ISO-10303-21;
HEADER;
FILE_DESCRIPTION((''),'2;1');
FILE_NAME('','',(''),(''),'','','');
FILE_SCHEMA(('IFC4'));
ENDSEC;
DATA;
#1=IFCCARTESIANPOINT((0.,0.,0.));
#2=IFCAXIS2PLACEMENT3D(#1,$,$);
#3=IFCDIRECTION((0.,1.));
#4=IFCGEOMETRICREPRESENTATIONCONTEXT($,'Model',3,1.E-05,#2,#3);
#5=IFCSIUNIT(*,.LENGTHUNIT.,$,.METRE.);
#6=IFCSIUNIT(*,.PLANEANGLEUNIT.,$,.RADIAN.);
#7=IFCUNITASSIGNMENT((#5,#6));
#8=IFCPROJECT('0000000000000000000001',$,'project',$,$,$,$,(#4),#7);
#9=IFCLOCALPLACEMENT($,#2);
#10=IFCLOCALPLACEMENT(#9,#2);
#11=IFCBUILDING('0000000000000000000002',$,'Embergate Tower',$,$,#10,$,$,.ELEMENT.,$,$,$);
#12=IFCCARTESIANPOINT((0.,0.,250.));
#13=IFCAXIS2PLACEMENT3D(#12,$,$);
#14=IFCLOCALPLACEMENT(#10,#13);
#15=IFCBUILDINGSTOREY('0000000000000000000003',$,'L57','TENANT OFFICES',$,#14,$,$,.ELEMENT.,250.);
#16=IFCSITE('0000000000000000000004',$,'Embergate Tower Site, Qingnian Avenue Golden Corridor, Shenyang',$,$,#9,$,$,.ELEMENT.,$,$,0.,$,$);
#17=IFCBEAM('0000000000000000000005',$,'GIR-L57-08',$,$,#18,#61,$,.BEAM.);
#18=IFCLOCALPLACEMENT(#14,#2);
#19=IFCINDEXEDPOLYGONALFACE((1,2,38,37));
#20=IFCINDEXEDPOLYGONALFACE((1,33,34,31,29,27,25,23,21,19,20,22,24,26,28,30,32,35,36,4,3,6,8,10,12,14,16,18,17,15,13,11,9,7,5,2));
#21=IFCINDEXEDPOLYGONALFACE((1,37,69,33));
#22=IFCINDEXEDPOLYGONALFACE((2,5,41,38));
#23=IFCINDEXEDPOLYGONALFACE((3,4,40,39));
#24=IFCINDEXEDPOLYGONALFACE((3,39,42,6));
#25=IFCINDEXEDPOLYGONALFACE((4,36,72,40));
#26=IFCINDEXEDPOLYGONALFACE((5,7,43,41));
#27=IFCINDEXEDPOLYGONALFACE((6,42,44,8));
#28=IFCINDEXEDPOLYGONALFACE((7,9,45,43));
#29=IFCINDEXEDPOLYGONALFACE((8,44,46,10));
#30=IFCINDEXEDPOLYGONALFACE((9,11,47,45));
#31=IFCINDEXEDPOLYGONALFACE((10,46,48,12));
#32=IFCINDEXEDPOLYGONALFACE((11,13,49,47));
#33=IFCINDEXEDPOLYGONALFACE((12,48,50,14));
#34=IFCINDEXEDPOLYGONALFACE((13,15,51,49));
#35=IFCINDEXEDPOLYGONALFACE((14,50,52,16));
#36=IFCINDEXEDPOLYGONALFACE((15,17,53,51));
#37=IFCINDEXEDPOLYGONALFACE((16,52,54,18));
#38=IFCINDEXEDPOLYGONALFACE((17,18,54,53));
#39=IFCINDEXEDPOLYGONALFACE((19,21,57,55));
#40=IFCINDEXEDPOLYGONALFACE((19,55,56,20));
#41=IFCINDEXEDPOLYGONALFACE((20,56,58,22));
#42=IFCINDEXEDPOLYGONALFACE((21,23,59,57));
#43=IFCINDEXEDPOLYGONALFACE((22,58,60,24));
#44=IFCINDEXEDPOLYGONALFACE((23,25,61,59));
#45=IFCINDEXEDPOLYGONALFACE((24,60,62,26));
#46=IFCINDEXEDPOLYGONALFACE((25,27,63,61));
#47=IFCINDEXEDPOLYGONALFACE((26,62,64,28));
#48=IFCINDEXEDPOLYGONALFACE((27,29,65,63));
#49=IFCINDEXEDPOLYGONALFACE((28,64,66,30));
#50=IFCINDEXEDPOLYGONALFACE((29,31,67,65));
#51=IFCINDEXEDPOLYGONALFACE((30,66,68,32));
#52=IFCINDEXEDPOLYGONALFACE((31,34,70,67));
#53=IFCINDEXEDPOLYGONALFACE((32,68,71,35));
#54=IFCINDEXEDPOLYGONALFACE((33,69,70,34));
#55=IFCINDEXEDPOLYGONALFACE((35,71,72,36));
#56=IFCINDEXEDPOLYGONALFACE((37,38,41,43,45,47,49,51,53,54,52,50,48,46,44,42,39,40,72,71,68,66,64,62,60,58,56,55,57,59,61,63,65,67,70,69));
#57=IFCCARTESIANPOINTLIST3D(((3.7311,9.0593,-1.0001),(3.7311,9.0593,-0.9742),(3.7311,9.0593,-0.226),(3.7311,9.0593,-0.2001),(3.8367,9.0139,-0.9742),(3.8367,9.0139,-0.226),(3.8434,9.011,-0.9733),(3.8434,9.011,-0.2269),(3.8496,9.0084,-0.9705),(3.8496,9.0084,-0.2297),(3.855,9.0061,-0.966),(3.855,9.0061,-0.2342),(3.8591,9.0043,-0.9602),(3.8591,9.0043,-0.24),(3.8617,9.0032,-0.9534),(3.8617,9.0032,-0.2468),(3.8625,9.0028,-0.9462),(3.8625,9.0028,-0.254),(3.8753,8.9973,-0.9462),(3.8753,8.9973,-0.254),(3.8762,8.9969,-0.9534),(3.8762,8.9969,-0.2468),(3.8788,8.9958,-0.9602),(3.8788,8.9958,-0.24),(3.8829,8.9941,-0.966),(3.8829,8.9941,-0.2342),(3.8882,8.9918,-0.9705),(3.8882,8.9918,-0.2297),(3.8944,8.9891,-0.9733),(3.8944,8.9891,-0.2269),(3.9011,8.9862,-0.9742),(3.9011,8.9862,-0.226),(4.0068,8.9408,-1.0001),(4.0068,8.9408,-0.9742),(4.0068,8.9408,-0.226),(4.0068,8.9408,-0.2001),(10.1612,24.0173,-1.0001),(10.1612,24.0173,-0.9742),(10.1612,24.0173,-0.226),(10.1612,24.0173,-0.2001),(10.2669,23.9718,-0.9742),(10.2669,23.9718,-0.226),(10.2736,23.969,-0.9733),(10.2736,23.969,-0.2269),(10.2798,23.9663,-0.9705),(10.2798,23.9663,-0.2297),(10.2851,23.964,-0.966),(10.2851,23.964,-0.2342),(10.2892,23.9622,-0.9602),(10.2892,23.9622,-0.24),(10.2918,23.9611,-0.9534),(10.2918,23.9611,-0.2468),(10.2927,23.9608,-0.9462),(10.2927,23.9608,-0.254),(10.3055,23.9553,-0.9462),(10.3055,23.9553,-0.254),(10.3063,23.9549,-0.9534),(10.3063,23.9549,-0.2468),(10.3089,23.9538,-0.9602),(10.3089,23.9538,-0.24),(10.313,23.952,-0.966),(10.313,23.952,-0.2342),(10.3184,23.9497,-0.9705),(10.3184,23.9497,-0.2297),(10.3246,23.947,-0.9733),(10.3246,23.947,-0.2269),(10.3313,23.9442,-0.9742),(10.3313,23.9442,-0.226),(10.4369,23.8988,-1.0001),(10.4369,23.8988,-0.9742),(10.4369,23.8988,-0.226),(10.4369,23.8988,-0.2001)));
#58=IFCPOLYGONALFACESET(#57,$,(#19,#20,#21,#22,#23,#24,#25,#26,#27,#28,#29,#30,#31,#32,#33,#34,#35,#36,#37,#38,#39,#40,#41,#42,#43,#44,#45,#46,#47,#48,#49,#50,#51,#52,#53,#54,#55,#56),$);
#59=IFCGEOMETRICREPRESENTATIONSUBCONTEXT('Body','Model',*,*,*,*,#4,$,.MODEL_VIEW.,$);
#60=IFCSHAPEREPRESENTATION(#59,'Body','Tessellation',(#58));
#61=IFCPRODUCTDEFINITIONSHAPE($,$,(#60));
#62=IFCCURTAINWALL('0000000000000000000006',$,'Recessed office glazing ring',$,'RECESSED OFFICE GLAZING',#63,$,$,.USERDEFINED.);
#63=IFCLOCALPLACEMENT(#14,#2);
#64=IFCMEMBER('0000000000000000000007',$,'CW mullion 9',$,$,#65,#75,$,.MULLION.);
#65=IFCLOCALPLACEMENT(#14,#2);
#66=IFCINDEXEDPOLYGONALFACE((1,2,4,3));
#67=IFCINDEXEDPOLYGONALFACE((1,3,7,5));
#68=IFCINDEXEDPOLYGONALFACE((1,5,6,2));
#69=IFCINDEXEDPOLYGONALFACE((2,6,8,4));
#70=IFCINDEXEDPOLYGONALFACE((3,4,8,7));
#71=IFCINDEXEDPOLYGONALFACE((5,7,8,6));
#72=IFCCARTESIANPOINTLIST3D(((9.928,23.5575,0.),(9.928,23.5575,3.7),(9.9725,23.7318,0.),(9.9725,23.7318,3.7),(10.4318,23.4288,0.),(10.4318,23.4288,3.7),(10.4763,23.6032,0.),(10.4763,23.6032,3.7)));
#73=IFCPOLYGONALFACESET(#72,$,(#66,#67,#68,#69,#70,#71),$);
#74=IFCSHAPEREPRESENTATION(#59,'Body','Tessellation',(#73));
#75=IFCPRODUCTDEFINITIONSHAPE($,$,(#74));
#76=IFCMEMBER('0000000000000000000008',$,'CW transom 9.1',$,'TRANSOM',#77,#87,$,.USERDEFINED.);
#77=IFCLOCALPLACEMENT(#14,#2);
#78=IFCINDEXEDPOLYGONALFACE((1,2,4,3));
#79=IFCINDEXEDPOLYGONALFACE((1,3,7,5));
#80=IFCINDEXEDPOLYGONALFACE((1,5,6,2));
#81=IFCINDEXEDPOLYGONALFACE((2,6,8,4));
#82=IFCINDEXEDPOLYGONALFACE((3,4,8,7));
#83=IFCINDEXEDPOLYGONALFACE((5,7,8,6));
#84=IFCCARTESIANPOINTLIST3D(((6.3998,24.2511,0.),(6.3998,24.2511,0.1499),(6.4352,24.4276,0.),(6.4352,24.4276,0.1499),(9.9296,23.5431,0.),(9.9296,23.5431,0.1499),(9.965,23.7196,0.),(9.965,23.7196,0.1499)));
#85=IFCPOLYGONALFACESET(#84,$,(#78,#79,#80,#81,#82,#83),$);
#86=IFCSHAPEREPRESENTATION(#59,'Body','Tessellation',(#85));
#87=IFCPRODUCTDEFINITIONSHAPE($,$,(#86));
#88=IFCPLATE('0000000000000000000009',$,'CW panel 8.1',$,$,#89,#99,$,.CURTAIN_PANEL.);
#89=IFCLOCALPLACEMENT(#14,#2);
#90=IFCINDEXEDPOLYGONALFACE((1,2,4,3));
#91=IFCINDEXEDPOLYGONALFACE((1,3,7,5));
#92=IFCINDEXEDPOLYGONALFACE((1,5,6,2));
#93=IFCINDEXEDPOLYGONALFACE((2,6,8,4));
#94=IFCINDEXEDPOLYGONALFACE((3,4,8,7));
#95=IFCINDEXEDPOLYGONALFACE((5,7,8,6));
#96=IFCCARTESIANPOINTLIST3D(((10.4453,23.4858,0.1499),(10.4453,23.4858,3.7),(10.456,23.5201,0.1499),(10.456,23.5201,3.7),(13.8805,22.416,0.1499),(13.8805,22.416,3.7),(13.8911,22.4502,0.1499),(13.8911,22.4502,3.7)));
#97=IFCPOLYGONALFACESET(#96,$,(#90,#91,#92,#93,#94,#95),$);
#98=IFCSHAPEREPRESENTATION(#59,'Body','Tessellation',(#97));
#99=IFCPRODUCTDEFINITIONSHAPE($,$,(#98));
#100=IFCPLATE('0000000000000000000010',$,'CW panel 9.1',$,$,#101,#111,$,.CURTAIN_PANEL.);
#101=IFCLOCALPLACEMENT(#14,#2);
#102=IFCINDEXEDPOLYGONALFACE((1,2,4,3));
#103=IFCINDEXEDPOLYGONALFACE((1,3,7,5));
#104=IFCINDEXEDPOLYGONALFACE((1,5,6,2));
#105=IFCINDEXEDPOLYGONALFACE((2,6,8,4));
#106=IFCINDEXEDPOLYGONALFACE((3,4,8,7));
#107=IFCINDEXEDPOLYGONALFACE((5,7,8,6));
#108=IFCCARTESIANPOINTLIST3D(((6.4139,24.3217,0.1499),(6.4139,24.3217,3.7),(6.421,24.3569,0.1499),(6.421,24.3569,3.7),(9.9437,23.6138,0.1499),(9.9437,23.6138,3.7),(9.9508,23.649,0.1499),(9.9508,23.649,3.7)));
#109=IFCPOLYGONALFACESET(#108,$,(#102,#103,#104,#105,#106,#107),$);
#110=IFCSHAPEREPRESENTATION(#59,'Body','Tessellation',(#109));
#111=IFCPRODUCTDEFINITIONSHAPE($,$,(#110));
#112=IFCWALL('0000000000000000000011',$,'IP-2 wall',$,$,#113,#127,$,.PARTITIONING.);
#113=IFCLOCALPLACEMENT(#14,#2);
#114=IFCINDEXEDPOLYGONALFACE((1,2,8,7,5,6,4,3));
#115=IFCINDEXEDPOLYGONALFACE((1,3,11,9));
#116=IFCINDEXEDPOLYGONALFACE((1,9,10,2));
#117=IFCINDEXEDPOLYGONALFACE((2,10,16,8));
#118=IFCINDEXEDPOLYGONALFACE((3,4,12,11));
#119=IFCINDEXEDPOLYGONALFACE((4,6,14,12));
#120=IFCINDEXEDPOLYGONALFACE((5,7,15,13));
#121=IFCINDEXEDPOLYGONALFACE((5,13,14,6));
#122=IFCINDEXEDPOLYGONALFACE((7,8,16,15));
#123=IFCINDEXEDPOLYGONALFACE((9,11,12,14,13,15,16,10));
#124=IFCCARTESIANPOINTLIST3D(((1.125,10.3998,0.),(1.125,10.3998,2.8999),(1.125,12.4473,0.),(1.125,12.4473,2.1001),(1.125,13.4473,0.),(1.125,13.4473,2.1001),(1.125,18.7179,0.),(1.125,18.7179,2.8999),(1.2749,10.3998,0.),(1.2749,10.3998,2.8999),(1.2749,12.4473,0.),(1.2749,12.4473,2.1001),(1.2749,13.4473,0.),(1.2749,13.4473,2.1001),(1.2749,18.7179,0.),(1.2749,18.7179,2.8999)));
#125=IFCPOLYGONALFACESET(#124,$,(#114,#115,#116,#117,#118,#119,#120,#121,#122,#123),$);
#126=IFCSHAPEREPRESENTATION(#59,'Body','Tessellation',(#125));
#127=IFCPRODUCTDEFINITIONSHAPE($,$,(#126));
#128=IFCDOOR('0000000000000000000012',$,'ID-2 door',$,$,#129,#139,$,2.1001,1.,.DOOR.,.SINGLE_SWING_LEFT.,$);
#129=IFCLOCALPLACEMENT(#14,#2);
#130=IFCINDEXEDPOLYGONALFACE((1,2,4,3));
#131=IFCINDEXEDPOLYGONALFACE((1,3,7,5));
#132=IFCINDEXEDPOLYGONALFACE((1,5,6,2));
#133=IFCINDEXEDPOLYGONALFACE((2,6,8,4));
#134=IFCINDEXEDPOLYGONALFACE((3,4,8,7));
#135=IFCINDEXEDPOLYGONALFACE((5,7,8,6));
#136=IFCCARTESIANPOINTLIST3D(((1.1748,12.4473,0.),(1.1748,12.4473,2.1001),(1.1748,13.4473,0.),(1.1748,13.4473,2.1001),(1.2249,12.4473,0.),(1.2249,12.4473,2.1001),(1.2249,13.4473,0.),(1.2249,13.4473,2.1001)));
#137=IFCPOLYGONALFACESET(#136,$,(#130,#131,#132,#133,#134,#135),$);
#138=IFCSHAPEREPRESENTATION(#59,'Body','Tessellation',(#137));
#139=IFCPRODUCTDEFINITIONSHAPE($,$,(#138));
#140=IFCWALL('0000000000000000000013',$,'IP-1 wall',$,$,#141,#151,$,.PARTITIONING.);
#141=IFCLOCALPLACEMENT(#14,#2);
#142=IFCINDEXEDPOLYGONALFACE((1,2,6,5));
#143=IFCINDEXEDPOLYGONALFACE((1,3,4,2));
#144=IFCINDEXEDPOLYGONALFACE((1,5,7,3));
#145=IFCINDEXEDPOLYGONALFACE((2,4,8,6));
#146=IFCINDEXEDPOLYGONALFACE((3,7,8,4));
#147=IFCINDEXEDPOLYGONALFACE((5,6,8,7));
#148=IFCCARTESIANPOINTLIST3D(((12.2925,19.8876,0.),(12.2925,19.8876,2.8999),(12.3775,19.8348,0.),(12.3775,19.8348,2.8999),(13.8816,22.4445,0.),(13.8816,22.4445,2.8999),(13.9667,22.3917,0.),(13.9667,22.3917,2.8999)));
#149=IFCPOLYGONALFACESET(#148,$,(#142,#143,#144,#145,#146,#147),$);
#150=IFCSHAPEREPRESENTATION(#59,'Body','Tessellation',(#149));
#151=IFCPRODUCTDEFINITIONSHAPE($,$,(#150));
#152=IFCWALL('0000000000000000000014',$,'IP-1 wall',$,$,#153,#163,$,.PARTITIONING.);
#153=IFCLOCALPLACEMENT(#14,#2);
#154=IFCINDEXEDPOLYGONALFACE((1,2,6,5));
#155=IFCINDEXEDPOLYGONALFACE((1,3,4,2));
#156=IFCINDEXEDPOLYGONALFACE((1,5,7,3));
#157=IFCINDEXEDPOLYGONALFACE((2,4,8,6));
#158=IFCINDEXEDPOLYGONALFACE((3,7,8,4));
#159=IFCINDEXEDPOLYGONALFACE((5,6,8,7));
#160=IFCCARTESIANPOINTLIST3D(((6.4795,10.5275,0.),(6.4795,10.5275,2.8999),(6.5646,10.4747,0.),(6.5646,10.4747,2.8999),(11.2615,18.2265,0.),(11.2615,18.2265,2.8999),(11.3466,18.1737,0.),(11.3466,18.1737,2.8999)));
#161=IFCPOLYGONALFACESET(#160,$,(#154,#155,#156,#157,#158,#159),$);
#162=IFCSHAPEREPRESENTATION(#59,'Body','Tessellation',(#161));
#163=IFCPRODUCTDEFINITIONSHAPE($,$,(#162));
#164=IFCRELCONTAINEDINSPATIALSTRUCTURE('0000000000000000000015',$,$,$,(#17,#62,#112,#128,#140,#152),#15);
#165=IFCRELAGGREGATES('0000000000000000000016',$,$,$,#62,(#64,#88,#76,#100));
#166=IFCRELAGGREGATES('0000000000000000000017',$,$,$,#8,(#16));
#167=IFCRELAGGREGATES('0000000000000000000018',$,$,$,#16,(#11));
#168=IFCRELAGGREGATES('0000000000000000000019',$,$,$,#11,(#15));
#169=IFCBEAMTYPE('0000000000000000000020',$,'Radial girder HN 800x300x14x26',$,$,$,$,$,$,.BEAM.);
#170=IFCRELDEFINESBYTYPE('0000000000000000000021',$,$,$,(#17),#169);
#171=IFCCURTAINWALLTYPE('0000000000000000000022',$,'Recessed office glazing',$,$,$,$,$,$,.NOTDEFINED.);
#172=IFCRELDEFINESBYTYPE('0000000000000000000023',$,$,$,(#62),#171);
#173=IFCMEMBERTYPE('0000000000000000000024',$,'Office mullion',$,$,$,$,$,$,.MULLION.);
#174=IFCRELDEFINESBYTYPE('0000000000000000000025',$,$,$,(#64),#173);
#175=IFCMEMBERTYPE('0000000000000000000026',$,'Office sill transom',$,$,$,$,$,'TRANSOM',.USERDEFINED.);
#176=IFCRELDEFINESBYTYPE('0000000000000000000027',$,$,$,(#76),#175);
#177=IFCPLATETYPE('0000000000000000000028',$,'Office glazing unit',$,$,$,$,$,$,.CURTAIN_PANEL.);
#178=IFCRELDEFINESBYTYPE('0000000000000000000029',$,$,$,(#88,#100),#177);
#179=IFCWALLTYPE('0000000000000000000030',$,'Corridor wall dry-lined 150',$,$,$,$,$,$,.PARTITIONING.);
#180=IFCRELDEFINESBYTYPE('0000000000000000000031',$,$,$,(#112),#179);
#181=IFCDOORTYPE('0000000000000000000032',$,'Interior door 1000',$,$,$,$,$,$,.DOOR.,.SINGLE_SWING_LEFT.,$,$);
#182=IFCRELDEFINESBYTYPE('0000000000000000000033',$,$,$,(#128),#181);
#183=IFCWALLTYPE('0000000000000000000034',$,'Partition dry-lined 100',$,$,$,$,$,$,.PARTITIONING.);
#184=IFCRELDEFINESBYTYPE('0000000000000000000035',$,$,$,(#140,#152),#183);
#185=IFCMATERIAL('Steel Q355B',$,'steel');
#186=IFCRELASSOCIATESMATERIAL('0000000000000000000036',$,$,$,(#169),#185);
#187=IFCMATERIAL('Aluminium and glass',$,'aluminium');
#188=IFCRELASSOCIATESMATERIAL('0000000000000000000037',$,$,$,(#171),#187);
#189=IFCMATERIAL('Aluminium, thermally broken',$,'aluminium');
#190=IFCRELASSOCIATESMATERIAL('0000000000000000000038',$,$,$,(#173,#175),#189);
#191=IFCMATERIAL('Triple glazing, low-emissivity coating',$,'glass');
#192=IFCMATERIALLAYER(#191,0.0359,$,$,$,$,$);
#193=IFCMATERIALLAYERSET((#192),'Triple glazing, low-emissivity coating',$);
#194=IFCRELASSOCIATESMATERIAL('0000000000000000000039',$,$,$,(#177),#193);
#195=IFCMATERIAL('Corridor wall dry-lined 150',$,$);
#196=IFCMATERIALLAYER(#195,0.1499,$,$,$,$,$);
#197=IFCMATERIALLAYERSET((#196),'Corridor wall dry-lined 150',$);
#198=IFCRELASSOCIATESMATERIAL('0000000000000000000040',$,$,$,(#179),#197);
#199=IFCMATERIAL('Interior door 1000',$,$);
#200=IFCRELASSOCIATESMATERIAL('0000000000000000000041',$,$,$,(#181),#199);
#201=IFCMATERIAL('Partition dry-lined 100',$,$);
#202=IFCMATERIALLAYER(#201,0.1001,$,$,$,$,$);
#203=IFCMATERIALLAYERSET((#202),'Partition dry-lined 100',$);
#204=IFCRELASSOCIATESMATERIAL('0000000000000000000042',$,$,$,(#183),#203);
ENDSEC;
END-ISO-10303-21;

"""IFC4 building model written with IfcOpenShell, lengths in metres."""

from ifc_helpers import new_model, si_unit, direction, frame, frame_2d, origin, origin_2d, place, context, subcontext, project, spatial, rectangle, i_section, extrude, source, transform, mapped, material, layer, layer_set, material_profile, profile_set, type_object, element, fill, aggregate, save


model = new_model("IFC4")

# Units and contexts
model_context = context("Model", 3, precision=1e-05, world=origin(), true_north=direction((0.0, 1.0)))
body_context = subcontext(model_context, "Body", "Model", "MODEL_VIEW")
ifc_project = project(units=[si_unit("LENGTHUNIT", "METRE"), si_unit("PLANEANGLEUNIT", "RADIAN")], contexts=[model_context])

# Site, building, storey
site_placement = place(None, origin())
site = spatial("IfcSite", under=ifc_project, at=site_placement, Name="Embergate Tower Site, Qingnian Avenue Golden Corridor, Shenyang", CompositionType="ELEMENT", RefElevation=0.0)
building_placement = place(site_placement, origin())
building = spatial("IfcBuilding", under=site, at=building_placement, Name="Embergate Tower", CompositionType="ELEMENT")
storey_placement = place(building_placement, frame((0.0, 0.0, 250.0)))
storey = spatial("IfcBuildingStorey", under=building, at=storey_placement, Name="L57", Description="TENANT OFFICES", CompositionType="ELEMENT", Elevation=250.0)

# Beam
ifc_material_1 = material(Name="Steel Q355B", Category="steel")
ifc_material_profile_1 = material_profile(ifc_material_1, i_section(OverallWidth=0.3, OverallDepth=0.8, WebThickness=0.0139, FlangeThickness=0.0259, FilletRadius=0.0281, at=origin_2d()), Name="HN 800x300x14x26")
ifc_profile_set_1 = profile_set([ifc_material_profile_1], Name="Steel Q355 grade B")
beam_type = type_object("IfcBeamType", Name="Radial girder HN 800x300x14x26", PredefinedType="BEAM", material=ifc_profile_set_1)
shared_shape_1 = source(origin(), body_context, "Body", "SweptSolid", [
    extrude(i_section(OverallWidth=0.3, OverallDepth=0.8, WebThickness=0.0139, FlangeThickness=0.0259, FilletRadius=0.0281, at=origin_2d()), origin(), (0.0, 0.0, 1.0), 16.2815),
])
beam_placement = place(storey_placement, frame((10.2991, 23.958, -0.6001), z_axis=(-0.394936, -0.918709, 0.0), x_axis=(0.918709, -0.394936, 0.0)))
element("IfcBeam", 1, at=beam_placement, inside=storey, type_object=beam_type, Name="GIR-L57-08", PredefinedType="BEAM", context=body_context, shape_type="MappedRepresentation", body=[
    mapped(shared_shape_1, transform((0.0, 0.0, 0.0))),
])

# Curtain wall, members, plates
ifc_material_2 = material(Name="Aluminium and glass", Category="aluminium")
curtain_wall_type = type_object("IfcCurtainWallType", Name="Recessed office glazing", PredefinedType="NOTDEFINED", material=ifc_material_2)
curtain_wall_placement = place(storey_placement, origin())
curtain_wall = element("IfcCurtainWall", 2, at=curtain_wall_placement, inside=storey, type_object=curtain_wall_type, Name="Recessed office glazing ring", ObjectType="RECESSED OFFICE GLAZING", PredefinedType="USERDEFINED")
ifc_material_3 = material(Name="Aluminium, thermally broken", Category="aluminium")
ifc_material_profile_2 = material_profile(ifc_material_3, rectangle(XDim=0.1799, YDim=0.52, at=origin_2d()), Name="AL 520x180")
ifc_profile_set_2 = profile_set([ifc_material_profile_2], Name="Aluminium, thermally broken")
member_type_1 = type_object("IfcMemberType", Name="Office mullion", PredefinedType="MULLION", material=ifc_profile_set_2)
shared_shape_2 = source(origin(), body_context, "Body", "SweptSolid", [
    extrude(rectangle(XDim=0.1799, YDim=0.52, at=origin_2d()), origin(), (0.0, 0.0, 1.0), 3.7),
])
member_1_placement = place(storey_placement, frame((10.2021, 23.5803, 0.0), z_axis=(0.0, 0.0, 1.0), x_axis=(-0.247312, -0.968936, 0.0)))
member_1 = element("IfcMember", 3, at=member_1_placement, type_object=member_type_1, Name="CW mullion 9", PredefinedType="MULLION", context=body_context, shape_type="MappedRepresentation", body=[
    mapped(shared_shape_2, transform((0.0, 0.0, 0.0))),
])
ifc_material_profile_3 = material_profile(ifc_material_3, rectangle(XDim=0.1799, YDim=0.1499, at=origin_2d()), Name="AL 150x180")
ifc_profile_set_3 = profile_set([ifc_material_profile_3], Name="Aluminium, thermally broken")
member_type_2 = type_object("IfcMemberType", Name="Office sill transom", ElementType="TRANSOM", PredefinedType="USERDEFINED", material=ifc_profile_set_3)
shared_shape_3 = source(origin(), body_context, "Body", "SweptSolid", [
    extrude(rectangle(XDim=0.1799, YDim=0.1499, at=origin_2d()), origin(), (0.0, 0.0, 1.0), 3.6001),
])
member_2_placement = place(storey_placement, frame((9.9473, 23.6313, 0.075), z_axis=(-0.980471, 0.196664, 0.0), x_axis=(-0.196664, -0.980471, 0.0)))
member_2 = element("IfcMember", 4, at=member_2_placement, type_object=member_type_2, Name="CW transom 9.1", ObjectType="TRANSOM", PredefinedType="USERDEFINED", context=body_context, shape_type="MappedRepresentation", body=[
    mapped(shared_shape_3, transform((0.0, 0.0, 0.0))),
])
ifc_material_4 = material(Name="Triple glazing, low-emissivity coating", Category="glass")
ifc_layer_1 = layer(ifc_material_4, 0.0359)
ifc_layer_set_1 = layer_set([ifc_layer_1], Name="Triple glazing, low-emissivity coating")
plate_type = type_object("IfcPlateType", Name="Office glazing unit", PredefinedType="CURTAIN_PANEL", material=ifc_layer_set_1)
shared_shape_4 = source(origin(), body_context, "Body", "SweptSolid", [
    extrude(rectangle(XDim=3.5979, YDim=0.0359, at=origin_2d()), origin(), (0.0, 0.0, 1.0), 3.55),
])
plate_1_placement = place(storey_placement, frame((12.1682, 22.968, 0.1499), z_axis=(0.0, 0.0, 1.0), x_axis=(-0.954771, 0.297342, 0.0)))
plate_1 = element("IfcPlate", 5, at=plate_1_placement, type_object=plate_type, Name="CW panel 8.1", PredefinedType="CURTAIN_PANEL", context=body_context, shape_type="MappedRepresentation", body=[
    mapped(shared_shape_4, transform((0.0, 0.0, 0.0))),
])
shared_shape_5 = source(origin(), body_context, "Body", "SweptSolid", [
    extrude(rectangle(XDim=3.6001, YDim=0.0359, at=origin_2d()), origin(), (0.0, 0.0, 1.0), 3.55),
])
plate_2_placement = place(storey_placement, frame((8.1824, 23.9854, 0.1499), z_axis=(0.0, 0.0, 1.0), x_axis=(-0.980476, 0.196641, 0.0)))
plate_2 = element("IfcPlate", 6, at=plate_2_placement, type_object=plate_type, Name="CW panel 9.1", PredefinedType="CURTAIN_PANEL", context=body_context, shape_type="MappedRepresentation", body=[
    mapped(shared_shape_5, transform((0.0, 0.0, 0.0))),
])
aggregate(curtain_wall, [member_1, plate_1, member_2, plate_2])

# Wall, opening, door
ifc_material_5 = material(Name="Corridor wall dry-lined 150")
ifc_layer_2 = layer(ifc_material_5, 0.1499)
ifc_layer_set_2 = layer_set([ifc_layer_2], Name="Corridor wall dry-lined 150")
wall_type_1 = type_object("IfcWallType", Name="Corridor wall dry-lined 150", PredefinedType="PARTITIONING", material=ifc_layer_set_2)
shared_shape_6 = source(origin(), body_context, "Body", "SweptSolid", [
    extrude(rectangle(XDim=8.3181, YDim=0.1499, at=frame_2d((4.1592, 0.0))), origin(), (0.0, 0.0, 1.0), 2.8999),
])
wall_1_placement = place(storey_placement, frame((1.2, 18.718, 0.0), z_axis=(0.0, 0.0, 1.0), x_axis=(0.0, -1.0, 0.0)))
wall_1 = element("IfcWall", 7, at=wall_1_placement, inside=storey, type_object=wall_type_1, Name="IP-2 wall", PredefinedType="PARTITIONING", context=body_context, shape_type="MappedRepresentation", body=[
    mapped(shared_shape_6, transform((0.0, 0.0, 0.0))),
])
shared_shape_7 = source(origin(), body_context, "Body", "SweptSolid", [
    extrude(rectangle(XDim=1.0, YDim=2.1001, at=frame_2d((0.5, 1.05))), frame((0.0, 0.085, 0.0), z_axis=(0.0, -1.0, 0.0), x_axis=(1.0, 0.0, 0.0)), (0.0, 0.0, 1.0), 0.1699),
])
opening_1_placement = place(wall_1_placement, frame((5.2708, 0.0, 0.0)))
opening_1 = element("IfcOpeningElement", 8, at=opening_1_placement, cuts=wall_1, PredefinedType="OPENING", context=body_context, shape_type="MappedRepresentation", body=[
    mapped(shared_shape_7, transform((0.0, 0.0, 0.0))),
])
ifc_material_6 = material(Name="Interior door 1000")
door_type_1 = type_object("IfcDoorType", Name="Interior door 1000", OperationType="SINGLE_SWING_LEFT", PredefinedType="DOOR", material=ifc_material_6)
shared_shape_8 = source(origin(), body_context, "Body", "SweptSolid", [
    extrude(rectangle(XDim=1.0, YDim=2.1001, at=frame_2d((0.5, 1.05))), frame((0.0, 0.0249, 0.0), z_axis=(0.0, -1.0, 0.0), x_axis=(1.0, 0.0, 0.0)), (0.0, 0.0, 1.0), 0.05),
])
door_1_placement = place(opening_1_placement, origin())
door_1 = element("IfcDoor", 9, at=door_1_placement, inside=storey, type_object=door_type_1, Name="ID-2 door", OperationType="SINGLE_SWING_LEFT", OverallHeight=2.1001, OverallWidth=1.0, PredefinedType="DOOR", context=body_context, shape_type="MappedRepresentation", body=[
    mapped(shared_shape_8, transform((0.0, 0.0, 0.0))),
])
fill(opening_1, door_1)

# Walls
ifc_material_7 = material(Name="Partition dry-lined 100")
ifc_layer_3 = layer(ifc_material_7, 0.1001)
ifc_layer_set_3 = layer_set([ifc_layer_3], Name="Partition dry-lined 100")
wall_type_2 = type_object("IfcWallType", Name="Partition dry-lined 100", PredefinedType="PARTITIONING", material=ifc_layer_set_3)
shared_shape_9 = source(origin(), body_context, "Body", "SweptSolid", [
    extrude(rectangle(XDim=3.0105, YDim=0.1001, at=frame_2d((1.5054, 0.0))), origin(), (0.0, 0.0, 1.0), 2.8999),
])
wall_2_placement = place(storey_placement, frame((12.335, 19.8611, 0.0), z_axis=(0.0, 0.0, 1.0), x_axis=(0.527861, 0.849331, 0.0)))
element("IfcWall", 10, at=wall_2_placement, inside=storey, type_object=wall_type_2, Name="IP-1 wall", PredefinedType="PARTITIONING", context=body_context, shape_type="MappedRepresentation", body=[
    mapped(shared_shape_9, transform((0.0, 0.0, 0.0))),
])
shared_shape_10 = source(origin(), body_context, "Body", "SweptSolid", [
    extrude(rectangle(XDim=9.0632, YDim=0.1001, at=frame_2d((4.5317, 0.0))), origin(), (0.0, 0.0, 1.0), 2.8999),
])
wall_3_placement = place(storey_placement, frame((6.522, 10.501, 0.0), z_axis=(0.0, 0.0, 1.0), x_axis=(0.527626, 0.849477, 0.0)))
element("IfcWall", 11, at=wall_3_placement, inside=storey, type_object=wall_type_2, Name="IP-1 wall", PredefinedType="PARTITIONING", context=body_context, shape_type="MappedRepresentation", body=[
    mapped(shared_shape_10, transform((0.0, 0.0, 0.0))),
])

save(model, "model.ifc")
